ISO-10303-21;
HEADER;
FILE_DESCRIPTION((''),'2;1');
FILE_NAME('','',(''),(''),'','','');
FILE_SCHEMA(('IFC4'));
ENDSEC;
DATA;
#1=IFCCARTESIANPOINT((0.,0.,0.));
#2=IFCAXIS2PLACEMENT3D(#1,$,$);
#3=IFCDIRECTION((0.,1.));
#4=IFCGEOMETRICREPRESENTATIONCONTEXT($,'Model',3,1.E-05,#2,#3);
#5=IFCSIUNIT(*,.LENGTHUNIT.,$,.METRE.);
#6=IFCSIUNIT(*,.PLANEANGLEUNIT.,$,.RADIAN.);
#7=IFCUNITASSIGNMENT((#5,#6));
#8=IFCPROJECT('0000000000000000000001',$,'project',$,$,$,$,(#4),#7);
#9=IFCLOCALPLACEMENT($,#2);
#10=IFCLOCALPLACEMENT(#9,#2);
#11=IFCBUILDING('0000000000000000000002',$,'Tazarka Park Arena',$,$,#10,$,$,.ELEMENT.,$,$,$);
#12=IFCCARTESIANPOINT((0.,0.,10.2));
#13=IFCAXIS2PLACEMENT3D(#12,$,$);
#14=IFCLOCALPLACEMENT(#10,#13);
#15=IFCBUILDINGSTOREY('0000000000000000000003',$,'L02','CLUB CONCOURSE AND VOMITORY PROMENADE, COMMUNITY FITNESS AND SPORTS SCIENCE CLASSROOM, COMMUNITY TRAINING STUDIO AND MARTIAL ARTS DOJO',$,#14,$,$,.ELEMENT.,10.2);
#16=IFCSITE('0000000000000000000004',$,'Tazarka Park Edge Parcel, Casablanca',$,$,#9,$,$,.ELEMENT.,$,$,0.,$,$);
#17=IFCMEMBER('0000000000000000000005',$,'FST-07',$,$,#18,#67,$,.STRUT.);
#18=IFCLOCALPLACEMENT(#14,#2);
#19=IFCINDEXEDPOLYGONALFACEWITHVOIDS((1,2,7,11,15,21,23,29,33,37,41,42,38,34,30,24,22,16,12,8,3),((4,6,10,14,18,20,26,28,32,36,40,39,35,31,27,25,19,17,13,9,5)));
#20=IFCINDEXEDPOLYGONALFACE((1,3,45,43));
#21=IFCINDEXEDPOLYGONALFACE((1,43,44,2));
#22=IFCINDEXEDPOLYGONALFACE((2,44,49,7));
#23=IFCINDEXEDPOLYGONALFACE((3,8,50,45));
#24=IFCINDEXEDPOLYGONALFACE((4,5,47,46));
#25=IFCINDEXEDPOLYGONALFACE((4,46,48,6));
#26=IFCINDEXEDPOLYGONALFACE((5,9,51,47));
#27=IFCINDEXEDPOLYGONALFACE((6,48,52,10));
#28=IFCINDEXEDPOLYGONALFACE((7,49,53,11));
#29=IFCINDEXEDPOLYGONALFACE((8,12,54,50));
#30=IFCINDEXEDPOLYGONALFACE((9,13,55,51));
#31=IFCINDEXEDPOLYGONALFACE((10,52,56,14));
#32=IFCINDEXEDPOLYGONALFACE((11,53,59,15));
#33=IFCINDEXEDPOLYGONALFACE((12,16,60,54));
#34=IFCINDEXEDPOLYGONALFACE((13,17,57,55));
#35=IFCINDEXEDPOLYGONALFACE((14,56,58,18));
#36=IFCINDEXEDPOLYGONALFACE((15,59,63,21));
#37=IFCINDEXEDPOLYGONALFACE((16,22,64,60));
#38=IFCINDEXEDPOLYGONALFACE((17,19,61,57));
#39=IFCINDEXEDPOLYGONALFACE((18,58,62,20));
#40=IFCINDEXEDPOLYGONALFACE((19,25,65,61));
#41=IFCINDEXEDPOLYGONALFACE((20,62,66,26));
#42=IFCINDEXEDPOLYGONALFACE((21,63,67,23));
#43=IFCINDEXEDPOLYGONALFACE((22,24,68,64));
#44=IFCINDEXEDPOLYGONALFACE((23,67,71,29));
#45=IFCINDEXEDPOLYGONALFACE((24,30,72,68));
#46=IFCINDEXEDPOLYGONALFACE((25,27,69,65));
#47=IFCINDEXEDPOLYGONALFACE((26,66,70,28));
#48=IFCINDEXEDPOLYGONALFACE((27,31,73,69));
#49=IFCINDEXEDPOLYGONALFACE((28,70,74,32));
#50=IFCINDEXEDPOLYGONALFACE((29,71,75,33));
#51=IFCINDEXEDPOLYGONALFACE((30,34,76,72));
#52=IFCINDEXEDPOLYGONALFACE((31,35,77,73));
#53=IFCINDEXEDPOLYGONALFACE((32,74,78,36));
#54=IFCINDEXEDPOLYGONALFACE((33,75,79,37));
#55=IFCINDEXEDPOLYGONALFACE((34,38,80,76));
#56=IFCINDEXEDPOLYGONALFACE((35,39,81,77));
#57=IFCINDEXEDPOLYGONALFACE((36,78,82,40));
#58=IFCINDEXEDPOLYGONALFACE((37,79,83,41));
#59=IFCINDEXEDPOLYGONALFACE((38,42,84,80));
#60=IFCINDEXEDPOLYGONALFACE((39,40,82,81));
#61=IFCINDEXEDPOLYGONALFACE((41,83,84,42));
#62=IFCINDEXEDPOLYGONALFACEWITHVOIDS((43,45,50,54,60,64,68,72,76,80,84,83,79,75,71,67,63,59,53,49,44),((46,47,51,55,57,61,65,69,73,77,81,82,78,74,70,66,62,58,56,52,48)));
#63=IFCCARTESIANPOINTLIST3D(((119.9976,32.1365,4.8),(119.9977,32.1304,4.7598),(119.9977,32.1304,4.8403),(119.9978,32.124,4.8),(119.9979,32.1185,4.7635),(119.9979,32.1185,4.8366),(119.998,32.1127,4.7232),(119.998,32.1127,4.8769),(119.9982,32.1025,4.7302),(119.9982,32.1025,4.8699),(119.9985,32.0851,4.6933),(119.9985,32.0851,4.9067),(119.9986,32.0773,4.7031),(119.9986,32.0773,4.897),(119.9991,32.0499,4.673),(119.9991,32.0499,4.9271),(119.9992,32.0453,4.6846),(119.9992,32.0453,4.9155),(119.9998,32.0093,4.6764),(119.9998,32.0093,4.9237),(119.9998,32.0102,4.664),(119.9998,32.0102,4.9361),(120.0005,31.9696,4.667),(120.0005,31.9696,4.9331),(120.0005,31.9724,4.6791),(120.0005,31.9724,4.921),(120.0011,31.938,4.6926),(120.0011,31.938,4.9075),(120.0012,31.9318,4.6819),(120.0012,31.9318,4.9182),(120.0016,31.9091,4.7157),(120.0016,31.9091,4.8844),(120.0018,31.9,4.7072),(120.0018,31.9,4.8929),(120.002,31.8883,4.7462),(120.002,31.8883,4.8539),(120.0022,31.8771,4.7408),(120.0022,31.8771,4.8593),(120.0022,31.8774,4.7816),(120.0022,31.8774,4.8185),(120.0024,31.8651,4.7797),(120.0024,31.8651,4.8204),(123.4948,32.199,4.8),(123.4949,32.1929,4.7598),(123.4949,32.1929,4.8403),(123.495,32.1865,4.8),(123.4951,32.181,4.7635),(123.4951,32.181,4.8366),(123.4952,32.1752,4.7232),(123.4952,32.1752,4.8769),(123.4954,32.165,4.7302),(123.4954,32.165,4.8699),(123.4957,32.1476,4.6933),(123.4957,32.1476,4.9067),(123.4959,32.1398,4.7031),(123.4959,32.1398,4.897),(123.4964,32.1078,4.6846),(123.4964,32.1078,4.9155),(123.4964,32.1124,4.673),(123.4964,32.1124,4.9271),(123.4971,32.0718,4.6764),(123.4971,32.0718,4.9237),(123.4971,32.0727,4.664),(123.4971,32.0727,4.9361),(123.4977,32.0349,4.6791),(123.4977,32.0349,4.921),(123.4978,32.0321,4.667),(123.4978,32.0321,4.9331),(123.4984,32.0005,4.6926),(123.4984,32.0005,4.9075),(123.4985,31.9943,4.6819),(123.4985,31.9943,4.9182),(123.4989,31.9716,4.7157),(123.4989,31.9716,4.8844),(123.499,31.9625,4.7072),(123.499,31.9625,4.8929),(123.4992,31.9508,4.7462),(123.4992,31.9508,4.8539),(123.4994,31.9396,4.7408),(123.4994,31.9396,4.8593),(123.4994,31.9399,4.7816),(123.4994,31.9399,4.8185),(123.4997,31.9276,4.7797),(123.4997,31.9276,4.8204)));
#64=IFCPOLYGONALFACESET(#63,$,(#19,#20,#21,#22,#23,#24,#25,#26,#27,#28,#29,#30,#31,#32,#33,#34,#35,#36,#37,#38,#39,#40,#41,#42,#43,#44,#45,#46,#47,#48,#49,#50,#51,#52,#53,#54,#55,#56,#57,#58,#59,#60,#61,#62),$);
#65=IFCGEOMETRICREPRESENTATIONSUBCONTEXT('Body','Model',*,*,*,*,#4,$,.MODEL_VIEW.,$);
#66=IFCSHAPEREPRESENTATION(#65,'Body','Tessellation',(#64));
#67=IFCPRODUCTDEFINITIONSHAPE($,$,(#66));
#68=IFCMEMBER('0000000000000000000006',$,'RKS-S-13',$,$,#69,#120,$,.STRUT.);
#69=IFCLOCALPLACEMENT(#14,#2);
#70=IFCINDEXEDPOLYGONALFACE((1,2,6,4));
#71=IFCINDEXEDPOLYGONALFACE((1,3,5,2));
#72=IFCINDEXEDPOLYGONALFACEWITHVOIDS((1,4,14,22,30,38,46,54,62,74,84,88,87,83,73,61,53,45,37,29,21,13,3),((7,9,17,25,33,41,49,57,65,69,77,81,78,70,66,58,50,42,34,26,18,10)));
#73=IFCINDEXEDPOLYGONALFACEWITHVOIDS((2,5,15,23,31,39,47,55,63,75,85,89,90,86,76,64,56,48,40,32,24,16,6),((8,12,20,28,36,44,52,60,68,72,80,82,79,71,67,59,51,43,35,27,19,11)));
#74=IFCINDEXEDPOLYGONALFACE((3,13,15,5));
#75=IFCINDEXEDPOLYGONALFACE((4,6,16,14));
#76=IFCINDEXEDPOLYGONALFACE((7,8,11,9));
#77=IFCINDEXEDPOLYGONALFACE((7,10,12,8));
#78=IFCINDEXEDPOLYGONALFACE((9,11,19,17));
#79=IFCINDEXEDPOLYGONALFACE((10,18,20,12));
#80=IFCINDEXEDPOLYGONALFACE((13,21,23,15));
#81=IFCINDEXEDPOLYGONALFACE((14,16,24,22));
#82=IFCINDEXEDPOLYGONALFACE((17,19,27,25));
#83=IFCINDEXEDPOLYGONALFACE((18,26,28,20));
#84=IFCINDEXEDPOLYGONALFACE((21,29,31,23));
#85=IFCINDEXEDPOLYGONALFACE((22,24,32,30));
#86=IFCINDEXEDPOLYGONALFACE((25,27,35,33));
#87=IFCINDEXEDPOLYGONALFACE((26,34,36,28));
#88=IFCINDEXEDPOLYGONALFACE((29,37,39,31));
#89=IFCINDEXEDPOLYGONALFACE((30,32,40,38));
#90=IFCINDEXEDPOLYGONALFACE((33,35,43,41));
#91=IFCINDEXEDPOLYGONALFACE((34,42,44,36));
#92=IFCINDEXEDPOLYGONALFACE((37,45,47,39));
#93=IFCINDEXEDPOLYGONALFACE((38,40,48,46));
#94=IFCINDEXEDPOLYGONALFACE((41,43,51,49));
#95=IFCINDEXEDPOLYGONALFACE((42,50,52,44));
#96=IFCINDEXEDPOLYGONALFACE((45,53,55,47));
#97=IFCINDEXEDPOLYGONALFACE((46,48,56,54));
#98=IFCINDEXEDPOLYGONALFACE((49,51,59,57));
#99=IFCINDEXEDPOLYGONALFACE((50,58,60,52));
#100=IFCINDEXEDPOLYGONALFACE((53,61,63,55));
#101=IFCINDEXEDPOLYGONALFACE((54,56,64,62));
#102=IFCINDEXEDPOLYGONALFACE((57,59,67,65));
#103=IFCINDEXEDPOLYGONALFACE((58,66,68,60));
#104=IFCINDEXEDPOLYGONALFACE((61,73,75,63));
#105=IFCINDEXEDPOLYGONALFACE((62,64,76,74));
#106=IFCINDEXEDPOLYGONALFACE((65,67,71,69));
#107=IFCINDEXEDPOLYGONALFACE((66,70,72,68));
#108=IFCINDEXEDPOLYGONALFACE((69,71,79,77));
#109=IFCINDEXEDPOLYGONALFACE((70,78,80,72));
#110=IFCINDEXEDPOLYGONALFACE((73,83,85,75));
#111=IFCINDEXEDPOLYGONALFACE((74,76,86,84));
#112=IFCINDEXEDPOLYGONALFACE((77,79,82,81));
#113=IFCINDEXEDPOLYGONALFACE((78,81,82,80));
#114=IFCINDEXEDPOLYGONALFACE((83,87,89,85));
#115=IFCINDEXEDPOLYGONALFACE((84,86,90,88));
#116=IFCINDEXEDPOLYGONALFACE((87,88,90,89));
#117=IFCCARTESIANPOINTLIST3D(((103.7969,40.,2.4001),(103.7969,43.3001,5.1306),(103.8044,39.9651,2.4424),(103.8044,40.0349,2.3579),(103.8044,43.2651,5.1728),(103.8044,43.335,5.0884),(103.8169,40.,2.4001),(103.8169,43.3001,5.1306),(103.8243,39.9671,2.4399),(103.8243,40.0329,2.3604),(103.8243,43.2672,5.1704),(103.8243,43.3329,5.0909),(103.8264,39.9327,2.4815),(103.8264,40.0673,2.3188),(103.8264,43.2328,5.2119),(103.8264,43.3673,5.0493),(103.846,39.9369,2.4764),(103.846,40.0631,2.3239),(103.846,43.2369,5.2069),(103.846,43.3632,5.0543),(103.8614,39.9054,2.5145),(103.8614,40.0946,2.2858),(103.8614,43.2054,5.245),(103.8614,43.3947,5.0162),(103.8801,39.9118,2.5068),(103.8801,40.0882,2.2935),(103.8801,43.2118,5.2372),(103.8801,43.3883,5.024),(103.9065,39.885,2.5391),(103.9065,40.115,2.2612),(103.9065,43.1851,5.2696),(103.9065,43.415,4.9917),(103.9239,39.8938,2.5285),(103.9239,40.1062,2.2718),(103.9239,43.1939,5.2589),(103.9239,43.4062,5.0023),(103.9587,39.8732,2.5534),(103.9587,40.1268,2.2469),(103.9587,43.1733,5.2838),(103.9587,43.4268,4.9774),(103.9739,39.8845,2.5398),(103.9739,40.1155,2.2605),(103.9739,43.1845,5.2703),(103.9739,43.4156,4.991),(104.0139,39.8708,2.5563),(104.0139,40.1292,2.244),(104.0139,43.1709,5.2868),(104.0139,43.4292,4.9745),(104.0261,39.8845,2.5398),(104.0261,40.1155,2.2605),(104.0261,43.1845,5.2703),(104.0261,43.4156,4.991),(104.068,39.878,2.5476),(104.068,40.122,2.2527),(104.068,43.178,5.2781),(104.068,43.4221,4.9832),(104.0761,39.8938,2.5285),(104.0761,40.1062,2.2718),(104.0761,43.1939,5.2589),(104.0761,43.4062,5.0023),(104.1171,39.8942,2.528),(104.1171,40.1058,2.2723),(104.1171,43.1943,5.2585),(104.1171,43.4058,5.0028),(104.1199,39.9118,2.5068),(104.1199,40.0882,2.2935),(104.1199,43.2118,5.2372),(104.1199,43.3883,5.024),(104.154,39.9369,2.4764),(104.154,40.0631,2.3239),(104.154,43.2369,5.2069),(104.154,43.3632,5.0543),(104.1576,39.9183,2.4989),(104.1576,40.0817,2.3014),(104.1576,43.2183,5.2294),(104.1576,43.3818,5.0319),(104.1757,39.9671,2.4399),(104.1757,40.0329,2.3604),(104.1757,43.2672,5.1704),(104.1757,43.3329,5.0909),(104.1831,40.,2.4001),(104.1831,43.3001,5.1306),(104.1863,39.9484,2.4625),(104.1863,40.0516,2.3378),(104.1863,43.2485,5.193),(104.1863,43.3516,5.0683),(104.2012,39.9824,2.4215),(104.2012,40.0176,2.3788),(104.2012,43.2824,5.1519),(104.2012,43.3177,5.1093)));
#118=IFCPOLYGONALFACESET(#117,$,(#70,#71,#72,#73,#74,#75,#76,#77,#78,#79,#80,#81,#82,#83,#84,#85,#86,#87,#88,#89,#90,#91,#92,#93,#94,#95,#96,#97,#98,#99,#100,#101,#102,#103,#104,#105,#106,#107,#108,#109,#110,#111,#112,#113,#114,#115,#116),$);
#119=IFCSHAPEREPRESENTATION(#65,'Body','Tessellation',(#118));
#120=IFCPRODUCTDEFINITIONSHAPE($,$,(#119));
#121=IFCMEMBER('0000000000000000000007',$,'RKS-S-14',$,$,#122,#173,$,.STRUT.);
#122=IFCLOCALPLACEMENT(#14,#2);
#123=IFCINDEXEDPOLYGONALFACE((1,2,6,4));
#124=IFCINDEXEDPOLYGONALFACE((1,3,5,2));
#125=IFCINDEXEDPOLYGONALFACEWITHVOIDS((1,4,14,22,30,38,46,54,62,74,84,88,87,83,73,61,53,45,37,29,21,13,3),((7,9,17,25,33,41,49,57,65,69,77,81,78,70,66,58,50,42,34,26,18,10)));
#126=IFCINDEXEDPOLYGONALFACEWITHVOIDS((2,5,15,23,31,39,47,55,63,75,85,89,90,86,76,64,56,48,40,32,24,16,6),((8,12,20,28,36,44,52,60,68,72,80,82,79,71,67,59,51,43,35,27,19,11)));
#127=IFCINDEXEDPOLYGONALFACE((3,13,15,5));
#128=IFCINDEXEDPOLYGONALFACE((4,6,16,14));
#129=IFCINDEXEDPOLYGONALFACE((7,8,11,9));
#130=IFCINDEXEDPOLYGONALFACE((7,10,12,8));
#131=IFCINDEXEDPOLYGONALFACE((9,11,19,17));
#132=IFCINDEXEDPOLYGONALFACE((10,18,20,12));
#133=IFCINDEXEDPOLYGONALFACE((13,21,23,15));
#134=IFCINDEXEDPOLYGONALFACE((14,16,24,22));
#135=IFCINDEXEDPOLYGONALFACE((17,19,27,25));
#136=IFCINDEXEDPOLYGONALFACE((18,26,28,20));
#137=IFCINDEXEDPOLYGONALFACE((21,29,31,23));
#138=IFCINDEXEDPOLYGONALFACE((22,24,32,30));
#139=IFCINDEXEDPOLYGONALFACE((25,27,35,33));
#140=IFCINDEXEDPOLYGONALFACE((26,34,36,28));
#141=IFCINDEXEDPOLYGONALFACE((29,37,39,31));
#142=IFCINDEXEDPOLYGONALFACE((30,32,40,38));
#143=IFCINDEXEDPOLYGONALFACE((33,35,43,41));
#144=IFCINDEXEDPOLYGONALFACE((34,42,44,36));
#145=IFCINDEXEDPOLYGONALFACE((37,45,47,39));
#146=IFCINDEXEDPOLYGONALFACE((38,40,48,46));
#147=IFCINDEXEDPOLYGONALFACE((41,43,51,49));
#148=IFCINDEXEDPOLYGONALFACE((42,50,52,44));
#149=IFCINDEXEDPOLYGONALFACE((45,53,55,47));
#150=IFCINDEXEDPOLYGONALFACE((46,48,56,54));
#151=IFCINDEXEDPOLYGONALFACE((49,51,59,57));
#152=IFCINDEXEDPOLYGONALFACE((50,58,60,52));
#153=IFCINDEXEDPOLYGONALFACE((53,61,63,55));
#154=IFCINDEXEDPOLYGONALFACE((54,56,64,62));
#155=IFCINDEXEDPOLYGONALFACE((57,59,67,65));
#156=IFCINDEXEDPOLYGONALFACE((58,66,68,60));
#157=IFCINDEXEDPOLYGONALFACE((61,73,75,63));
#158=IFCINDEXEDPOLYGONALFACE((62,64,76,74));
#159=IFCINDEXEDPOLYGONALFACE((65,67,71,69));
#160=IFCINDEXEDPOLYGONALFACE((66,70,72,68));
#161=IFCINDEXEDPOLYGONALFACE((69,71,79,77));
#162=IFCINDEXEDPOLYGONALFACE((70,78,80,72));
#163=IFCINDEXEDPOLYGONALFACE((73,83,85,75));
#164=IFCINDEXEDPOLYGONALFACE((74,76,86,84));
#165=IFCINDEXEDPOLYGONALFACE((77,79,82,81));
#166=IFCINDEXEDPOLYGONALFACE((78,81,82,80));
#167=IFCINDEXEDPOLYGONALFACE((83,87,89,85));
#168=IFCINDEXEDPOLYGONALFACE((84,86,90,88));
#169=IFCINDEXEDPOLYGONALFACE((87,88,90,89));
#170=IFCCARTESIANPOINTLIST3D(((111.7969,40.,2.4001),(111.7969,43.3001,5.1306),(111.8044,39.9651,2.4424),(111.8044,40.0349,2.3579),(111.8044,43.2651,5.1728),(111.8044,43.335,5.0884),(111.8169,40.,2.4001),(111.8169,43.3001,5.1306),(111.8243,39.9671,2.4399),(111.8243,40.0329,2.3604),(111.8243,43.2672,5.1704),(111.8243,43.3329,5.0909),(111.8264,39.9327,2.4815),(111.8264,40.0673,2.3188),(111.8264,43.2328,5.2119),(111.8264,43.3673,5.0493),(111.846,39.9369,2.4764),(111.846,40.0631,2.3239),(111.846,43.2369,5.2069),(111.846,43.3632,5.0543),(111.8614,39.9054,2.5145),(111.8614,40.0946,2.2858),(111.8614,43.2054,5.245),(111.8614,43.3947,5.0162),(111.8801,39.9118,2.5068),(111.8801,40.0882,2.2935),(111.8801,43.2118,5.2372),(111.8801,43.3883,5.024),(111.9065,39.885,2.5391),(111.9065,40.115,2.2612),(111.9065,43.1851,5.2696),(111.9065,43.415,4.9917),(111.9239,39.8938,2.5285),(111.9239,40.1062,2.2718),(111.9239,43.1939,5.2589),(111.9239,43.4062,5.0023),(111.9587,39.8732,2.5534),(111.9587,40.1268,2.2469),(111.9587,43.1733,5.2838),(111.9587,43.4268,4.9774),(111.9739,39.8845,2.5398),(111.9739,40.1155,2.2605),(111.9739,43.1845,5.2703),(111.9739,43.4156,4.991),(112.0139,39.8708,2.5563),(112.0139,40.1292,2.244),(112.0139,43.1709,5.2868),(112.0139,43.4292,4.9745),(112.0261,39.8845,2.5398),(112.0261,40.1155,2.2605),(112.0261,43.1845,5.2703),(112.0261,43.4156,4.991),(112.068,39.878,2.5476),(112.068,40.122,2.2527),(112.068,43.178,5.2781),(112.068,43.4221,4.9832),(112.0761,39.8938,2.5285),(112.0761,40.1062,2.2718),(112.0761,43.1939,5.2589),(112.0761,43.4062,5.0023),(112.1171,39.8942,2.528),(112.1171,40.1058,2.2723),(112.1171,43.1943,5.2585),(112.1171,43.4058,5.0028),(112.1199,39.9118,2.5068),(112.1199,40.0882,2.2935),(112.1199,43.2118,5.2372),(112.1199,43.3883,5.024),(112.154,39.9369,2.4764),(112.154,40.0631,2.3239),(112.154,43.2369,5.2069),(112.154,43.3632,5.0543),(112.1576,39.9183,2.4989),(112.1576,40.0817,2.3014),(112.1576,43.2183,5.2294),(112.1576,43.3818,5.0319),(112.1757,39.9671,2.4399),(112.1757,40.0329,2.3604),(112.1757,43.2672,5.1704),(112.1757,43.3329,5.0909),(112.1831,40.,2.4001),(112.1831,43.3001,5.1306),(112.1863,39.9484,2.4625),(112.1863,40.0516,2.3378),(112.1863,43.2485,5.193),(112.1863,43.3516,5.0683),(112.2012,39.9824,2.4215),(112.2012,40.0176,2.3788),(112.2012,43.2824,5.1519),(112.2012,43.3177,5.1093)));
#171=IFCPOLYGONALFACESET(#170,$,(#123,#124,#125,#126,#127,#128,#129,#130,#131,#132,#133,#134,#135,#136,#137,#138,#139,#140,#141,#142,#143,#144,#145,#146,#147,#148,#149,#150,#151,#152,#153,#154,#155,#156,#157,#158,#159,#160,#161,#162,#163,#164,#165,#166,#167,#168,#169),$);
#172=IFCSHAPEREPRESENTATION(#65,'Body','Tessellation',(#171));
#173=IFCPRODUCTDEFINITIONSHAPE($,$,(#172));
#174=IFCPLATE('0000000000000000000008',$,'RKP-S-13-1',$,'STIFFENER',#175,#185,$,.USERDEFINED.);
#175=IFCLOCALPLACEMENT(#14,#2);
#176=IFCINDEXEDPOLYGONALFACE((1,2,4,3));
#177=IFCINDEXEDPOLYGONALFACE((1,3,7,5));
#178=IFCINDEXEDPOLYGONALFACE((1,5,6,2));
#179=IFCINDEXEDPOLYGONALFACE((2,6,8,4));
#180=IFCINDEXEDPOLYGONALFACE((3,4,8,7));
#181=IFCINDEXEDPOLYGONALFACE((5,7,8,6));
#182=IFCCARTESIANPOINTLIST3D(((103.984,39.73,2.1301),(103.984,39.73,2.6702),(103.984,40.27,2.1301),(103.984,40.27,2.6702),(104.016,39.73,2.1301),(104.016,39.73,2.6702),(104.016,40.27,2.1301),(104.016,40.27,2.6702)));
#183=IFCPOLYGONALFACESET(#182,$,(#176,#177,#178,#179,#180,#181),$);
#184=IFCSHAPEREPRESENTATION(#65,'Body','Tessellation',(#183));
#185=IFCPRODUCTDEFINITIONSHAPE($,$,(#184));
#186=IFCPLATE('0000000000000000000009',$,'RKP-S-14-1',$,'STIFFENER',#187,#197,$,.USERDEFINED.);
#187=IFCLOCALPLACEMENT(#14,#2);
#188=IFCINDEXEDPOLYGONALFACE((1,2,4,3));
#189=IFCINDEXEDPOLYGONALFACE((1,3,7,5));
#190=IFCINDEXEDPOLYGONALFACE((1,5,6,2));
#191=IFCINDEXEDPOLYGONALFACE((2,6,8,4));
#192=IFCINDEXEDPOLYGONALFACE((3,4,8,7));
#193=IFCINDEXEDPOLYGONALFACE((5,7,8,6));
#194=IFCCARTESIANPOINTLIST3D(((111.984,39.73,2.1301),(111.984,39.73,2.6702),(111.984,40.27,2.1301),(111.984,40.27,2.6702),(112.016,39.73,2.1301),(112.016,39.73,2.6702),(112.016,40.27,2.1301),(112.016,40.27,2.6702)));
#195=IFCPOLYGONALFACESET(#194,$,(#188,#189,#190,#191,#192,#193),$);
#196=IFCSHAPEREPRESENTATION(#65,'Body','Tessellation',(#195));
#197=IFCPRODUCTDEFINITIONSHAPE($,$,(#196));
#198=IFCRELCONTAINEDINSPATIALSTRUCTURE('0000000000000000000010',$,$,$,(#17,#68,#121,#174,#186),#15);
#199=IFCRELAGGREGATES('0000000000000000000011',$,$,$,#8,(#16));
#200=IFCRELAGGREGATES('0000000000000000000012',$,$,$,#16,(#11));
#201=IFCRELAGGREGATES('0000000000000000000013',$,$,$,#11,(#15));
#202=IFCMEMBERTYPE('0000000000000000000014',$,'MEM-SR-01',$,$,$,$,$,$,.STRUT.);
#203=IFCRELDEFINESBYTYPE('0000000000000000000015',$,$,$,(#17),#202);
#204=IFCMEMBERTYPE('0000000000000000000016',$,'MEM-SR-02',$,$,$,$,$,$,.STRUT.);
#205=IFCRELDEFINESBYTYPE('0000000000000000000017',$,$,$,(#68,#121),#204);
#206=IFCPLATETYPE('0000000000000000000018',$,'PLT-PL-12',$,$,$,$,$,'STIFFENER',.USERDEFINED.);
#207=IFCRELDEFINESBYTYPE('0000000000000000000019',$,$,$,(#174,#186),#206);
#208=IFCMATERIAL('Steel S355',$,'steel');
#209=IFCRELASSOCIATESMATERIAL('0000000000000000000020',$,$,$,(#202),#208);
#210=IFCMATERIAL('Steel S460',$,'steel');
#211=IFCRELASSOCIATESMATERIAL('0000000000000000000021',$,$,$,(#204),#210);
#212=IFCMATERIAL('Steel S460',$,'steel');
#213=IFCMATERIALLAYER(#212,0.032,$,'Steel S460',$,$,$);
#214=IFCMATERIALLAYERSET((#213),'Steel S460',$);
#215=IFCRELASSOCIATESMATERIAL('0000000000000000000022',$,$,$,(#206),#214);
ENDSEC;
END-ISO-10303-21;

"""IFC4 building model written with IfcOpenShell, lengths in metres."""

from ifc_helpers import new_model, si_unit, direction, frame, origin, origin_2d, place, context, subcontext, project, spatial, rectangle, hollow_circle, extrude, material, layer, layer_set, material_profile, profile_set, type_object, element, save


model = new_model("IFC4")

# Units and contexts
model_context = context("Model", 3, precision=1e-05, world=origin(), true_north=direction((0.0, 1.0)))
body_context = subcontext(model_context, "Body", "Model", "MODEL_VIEW")
ifc_project = project(units=[si_unit("LENGTHUNIT", "METRE"), si_unit("PLANEANGLEUNIT", "RADIAN")], contexts=[model_context])

# Site, building, storey
site_placement = place(None, origin())
site = spatial("IfcSite", under=ifc_project, at=site_placement, Name="Tazarka Park Edge Parcel, Casablanca", CompositionType="ELEMENT", RefElevation=0.0)
building_placement = place(site_placement, origin())
building = spatial("IfcBuilding", under=site, at=building_placement, Name="Tazarka Park Arena", CompositionType="ELEMENT")
storey_placement = place(building_placement, frame((0.0, 0.0, 10.2)))
storey = spatial("IfcBuildingStorey", under=building, at=storey_placement, Name="L02", Description="CLUB CONCOURSE AND VOMITORY PROMENADE, COMMUNITY FITNESS AND SPORTS SCIENCE CLASSROOM, COMMUNITY TRAINING STUDIO AND MARTIAL ARTS DOJO", CompositionType="ELEMENT", Elevation=10.2)

# Members
ifc_material_1 = material(Name="Steel S355", Category="steel")
ifc_material_profile_1 = material_profile(ifc_material_1, hollow_circle(Radius=0.1365, WallThickness=0.0125, at=origin_2d()), Name="Steel S355")
ifc_profile_set_1 = profile_set([ifc_material_profile_1], Name="Steel S355")
member_type_1 = type_object("IfcMemberType", Name="MEM-SR-01", PredefinedType="STRUT", material=ifc_profile_set_1)
member_placement = place(storey_placement, frame((120.0, 32.0, 4.8), z_axis=(0.99984, 0.017868, 0.0), x_axis=(-0.017868, 0.99984, 0.0)))
element("IfcMember", 1, at=member_placement, inside=storey, type_object=member_type_1, Name="FST-07", PredefinedType="STRUT", context=body_context, shape_type="SweptSolid", body=[
    extrude(hollow_circle(Radius=0.1365, WallThickness=0.0125, at=origin_2d()), origin(), (0.0, 0.0, 1.0), 3.4978),
])
ifc_material_2 = material(Name="Steel S460", Category="steel")
ifc_material_profile_2 = material_profile(ifc_material_2, hollow_circle(Radius=0.2031, WallThickness=0.02, at=origin_2d()), Name="Steel S460")
ifc_profile_set_2 = profile_set([ifc_material_profile_2], Name="Steel S460")
member_type_2 = type_object("IfcMemberType", Name="MEM-SR-02", PredefinedType="STRUT", material=ifc_profile_set_2)
for number, where, z_axis, x_axis, name in (
    (2, (104.0, 40.0, 2.4001), (0.0, 0.770464, 0.637484), (-1.0, 0.0, 0.0), "RKS-S-13"),
    (3, (112.0, 40.0, 2.4001), (0.0, 0.770464, 0.637484), (-1.0, 0.0, 0.0), "RKS-S-14"),
):
    element("IfcMember", number, at=place(storey_placement, frame(where, z_axis=z_axis, x_axis=x_axis)), inside=storey, type_object=member_type_2, Name=name, PredefinedType="STRUT", context=body_context, shape_type="SweptSolid", body=[
        extrude(hollow_circle(Radius=0.2031, WallThickness=0.02, at=origin_2d()), origin(), (0.0, 0.0, 1.0), 4.2832),
    ])

# Plates
ifc_material_3 = material(Name="Steel S460", Category="steel")
ifc_layer_1 = layer(ifc_material_3, 0.032, Name="Steel S460")
ifc_layer_set_1 = layer_set([ifc_layer_1], Name="Steel S460")
plate_type = type_object("IfcPlateType", Name="PLT-PL-12", ElementType="STIFFENER", PredefinedType="USERDEFINED", material=ifc_layer_set_1)
for number, where, z_axis, x_axis, name in (
    (4, (104.0, 40.0, 2.1301), (0.0, 0.0, 1.0), (1.0, 0.0, 0.0), "RKP-S-13-1"),
    (5, (112.0, 40.0, 2.1301), (0.0, 0.0, 1.0), (1.0, 0.0, 0.0), "RKP-S-14-1"),
):
    element("IfcPlate", number, at=place(storey_placement, frame(where, z_axis=z_axis, x_axis=x_axis)), inside=storey, type_object=plate_type, Name=name, ObjectType="STIFFENER", PredefinedType="USERDEFINED", context=body_context, shape_type="SweptSolid", body=[
        extrude(rectangle(XDim=0.032, YDim=0.54, at=origin_2d()), origin(), (0.0, 0.0, 1.0), 0.54),
    ])

save(model, "model.ifc")
